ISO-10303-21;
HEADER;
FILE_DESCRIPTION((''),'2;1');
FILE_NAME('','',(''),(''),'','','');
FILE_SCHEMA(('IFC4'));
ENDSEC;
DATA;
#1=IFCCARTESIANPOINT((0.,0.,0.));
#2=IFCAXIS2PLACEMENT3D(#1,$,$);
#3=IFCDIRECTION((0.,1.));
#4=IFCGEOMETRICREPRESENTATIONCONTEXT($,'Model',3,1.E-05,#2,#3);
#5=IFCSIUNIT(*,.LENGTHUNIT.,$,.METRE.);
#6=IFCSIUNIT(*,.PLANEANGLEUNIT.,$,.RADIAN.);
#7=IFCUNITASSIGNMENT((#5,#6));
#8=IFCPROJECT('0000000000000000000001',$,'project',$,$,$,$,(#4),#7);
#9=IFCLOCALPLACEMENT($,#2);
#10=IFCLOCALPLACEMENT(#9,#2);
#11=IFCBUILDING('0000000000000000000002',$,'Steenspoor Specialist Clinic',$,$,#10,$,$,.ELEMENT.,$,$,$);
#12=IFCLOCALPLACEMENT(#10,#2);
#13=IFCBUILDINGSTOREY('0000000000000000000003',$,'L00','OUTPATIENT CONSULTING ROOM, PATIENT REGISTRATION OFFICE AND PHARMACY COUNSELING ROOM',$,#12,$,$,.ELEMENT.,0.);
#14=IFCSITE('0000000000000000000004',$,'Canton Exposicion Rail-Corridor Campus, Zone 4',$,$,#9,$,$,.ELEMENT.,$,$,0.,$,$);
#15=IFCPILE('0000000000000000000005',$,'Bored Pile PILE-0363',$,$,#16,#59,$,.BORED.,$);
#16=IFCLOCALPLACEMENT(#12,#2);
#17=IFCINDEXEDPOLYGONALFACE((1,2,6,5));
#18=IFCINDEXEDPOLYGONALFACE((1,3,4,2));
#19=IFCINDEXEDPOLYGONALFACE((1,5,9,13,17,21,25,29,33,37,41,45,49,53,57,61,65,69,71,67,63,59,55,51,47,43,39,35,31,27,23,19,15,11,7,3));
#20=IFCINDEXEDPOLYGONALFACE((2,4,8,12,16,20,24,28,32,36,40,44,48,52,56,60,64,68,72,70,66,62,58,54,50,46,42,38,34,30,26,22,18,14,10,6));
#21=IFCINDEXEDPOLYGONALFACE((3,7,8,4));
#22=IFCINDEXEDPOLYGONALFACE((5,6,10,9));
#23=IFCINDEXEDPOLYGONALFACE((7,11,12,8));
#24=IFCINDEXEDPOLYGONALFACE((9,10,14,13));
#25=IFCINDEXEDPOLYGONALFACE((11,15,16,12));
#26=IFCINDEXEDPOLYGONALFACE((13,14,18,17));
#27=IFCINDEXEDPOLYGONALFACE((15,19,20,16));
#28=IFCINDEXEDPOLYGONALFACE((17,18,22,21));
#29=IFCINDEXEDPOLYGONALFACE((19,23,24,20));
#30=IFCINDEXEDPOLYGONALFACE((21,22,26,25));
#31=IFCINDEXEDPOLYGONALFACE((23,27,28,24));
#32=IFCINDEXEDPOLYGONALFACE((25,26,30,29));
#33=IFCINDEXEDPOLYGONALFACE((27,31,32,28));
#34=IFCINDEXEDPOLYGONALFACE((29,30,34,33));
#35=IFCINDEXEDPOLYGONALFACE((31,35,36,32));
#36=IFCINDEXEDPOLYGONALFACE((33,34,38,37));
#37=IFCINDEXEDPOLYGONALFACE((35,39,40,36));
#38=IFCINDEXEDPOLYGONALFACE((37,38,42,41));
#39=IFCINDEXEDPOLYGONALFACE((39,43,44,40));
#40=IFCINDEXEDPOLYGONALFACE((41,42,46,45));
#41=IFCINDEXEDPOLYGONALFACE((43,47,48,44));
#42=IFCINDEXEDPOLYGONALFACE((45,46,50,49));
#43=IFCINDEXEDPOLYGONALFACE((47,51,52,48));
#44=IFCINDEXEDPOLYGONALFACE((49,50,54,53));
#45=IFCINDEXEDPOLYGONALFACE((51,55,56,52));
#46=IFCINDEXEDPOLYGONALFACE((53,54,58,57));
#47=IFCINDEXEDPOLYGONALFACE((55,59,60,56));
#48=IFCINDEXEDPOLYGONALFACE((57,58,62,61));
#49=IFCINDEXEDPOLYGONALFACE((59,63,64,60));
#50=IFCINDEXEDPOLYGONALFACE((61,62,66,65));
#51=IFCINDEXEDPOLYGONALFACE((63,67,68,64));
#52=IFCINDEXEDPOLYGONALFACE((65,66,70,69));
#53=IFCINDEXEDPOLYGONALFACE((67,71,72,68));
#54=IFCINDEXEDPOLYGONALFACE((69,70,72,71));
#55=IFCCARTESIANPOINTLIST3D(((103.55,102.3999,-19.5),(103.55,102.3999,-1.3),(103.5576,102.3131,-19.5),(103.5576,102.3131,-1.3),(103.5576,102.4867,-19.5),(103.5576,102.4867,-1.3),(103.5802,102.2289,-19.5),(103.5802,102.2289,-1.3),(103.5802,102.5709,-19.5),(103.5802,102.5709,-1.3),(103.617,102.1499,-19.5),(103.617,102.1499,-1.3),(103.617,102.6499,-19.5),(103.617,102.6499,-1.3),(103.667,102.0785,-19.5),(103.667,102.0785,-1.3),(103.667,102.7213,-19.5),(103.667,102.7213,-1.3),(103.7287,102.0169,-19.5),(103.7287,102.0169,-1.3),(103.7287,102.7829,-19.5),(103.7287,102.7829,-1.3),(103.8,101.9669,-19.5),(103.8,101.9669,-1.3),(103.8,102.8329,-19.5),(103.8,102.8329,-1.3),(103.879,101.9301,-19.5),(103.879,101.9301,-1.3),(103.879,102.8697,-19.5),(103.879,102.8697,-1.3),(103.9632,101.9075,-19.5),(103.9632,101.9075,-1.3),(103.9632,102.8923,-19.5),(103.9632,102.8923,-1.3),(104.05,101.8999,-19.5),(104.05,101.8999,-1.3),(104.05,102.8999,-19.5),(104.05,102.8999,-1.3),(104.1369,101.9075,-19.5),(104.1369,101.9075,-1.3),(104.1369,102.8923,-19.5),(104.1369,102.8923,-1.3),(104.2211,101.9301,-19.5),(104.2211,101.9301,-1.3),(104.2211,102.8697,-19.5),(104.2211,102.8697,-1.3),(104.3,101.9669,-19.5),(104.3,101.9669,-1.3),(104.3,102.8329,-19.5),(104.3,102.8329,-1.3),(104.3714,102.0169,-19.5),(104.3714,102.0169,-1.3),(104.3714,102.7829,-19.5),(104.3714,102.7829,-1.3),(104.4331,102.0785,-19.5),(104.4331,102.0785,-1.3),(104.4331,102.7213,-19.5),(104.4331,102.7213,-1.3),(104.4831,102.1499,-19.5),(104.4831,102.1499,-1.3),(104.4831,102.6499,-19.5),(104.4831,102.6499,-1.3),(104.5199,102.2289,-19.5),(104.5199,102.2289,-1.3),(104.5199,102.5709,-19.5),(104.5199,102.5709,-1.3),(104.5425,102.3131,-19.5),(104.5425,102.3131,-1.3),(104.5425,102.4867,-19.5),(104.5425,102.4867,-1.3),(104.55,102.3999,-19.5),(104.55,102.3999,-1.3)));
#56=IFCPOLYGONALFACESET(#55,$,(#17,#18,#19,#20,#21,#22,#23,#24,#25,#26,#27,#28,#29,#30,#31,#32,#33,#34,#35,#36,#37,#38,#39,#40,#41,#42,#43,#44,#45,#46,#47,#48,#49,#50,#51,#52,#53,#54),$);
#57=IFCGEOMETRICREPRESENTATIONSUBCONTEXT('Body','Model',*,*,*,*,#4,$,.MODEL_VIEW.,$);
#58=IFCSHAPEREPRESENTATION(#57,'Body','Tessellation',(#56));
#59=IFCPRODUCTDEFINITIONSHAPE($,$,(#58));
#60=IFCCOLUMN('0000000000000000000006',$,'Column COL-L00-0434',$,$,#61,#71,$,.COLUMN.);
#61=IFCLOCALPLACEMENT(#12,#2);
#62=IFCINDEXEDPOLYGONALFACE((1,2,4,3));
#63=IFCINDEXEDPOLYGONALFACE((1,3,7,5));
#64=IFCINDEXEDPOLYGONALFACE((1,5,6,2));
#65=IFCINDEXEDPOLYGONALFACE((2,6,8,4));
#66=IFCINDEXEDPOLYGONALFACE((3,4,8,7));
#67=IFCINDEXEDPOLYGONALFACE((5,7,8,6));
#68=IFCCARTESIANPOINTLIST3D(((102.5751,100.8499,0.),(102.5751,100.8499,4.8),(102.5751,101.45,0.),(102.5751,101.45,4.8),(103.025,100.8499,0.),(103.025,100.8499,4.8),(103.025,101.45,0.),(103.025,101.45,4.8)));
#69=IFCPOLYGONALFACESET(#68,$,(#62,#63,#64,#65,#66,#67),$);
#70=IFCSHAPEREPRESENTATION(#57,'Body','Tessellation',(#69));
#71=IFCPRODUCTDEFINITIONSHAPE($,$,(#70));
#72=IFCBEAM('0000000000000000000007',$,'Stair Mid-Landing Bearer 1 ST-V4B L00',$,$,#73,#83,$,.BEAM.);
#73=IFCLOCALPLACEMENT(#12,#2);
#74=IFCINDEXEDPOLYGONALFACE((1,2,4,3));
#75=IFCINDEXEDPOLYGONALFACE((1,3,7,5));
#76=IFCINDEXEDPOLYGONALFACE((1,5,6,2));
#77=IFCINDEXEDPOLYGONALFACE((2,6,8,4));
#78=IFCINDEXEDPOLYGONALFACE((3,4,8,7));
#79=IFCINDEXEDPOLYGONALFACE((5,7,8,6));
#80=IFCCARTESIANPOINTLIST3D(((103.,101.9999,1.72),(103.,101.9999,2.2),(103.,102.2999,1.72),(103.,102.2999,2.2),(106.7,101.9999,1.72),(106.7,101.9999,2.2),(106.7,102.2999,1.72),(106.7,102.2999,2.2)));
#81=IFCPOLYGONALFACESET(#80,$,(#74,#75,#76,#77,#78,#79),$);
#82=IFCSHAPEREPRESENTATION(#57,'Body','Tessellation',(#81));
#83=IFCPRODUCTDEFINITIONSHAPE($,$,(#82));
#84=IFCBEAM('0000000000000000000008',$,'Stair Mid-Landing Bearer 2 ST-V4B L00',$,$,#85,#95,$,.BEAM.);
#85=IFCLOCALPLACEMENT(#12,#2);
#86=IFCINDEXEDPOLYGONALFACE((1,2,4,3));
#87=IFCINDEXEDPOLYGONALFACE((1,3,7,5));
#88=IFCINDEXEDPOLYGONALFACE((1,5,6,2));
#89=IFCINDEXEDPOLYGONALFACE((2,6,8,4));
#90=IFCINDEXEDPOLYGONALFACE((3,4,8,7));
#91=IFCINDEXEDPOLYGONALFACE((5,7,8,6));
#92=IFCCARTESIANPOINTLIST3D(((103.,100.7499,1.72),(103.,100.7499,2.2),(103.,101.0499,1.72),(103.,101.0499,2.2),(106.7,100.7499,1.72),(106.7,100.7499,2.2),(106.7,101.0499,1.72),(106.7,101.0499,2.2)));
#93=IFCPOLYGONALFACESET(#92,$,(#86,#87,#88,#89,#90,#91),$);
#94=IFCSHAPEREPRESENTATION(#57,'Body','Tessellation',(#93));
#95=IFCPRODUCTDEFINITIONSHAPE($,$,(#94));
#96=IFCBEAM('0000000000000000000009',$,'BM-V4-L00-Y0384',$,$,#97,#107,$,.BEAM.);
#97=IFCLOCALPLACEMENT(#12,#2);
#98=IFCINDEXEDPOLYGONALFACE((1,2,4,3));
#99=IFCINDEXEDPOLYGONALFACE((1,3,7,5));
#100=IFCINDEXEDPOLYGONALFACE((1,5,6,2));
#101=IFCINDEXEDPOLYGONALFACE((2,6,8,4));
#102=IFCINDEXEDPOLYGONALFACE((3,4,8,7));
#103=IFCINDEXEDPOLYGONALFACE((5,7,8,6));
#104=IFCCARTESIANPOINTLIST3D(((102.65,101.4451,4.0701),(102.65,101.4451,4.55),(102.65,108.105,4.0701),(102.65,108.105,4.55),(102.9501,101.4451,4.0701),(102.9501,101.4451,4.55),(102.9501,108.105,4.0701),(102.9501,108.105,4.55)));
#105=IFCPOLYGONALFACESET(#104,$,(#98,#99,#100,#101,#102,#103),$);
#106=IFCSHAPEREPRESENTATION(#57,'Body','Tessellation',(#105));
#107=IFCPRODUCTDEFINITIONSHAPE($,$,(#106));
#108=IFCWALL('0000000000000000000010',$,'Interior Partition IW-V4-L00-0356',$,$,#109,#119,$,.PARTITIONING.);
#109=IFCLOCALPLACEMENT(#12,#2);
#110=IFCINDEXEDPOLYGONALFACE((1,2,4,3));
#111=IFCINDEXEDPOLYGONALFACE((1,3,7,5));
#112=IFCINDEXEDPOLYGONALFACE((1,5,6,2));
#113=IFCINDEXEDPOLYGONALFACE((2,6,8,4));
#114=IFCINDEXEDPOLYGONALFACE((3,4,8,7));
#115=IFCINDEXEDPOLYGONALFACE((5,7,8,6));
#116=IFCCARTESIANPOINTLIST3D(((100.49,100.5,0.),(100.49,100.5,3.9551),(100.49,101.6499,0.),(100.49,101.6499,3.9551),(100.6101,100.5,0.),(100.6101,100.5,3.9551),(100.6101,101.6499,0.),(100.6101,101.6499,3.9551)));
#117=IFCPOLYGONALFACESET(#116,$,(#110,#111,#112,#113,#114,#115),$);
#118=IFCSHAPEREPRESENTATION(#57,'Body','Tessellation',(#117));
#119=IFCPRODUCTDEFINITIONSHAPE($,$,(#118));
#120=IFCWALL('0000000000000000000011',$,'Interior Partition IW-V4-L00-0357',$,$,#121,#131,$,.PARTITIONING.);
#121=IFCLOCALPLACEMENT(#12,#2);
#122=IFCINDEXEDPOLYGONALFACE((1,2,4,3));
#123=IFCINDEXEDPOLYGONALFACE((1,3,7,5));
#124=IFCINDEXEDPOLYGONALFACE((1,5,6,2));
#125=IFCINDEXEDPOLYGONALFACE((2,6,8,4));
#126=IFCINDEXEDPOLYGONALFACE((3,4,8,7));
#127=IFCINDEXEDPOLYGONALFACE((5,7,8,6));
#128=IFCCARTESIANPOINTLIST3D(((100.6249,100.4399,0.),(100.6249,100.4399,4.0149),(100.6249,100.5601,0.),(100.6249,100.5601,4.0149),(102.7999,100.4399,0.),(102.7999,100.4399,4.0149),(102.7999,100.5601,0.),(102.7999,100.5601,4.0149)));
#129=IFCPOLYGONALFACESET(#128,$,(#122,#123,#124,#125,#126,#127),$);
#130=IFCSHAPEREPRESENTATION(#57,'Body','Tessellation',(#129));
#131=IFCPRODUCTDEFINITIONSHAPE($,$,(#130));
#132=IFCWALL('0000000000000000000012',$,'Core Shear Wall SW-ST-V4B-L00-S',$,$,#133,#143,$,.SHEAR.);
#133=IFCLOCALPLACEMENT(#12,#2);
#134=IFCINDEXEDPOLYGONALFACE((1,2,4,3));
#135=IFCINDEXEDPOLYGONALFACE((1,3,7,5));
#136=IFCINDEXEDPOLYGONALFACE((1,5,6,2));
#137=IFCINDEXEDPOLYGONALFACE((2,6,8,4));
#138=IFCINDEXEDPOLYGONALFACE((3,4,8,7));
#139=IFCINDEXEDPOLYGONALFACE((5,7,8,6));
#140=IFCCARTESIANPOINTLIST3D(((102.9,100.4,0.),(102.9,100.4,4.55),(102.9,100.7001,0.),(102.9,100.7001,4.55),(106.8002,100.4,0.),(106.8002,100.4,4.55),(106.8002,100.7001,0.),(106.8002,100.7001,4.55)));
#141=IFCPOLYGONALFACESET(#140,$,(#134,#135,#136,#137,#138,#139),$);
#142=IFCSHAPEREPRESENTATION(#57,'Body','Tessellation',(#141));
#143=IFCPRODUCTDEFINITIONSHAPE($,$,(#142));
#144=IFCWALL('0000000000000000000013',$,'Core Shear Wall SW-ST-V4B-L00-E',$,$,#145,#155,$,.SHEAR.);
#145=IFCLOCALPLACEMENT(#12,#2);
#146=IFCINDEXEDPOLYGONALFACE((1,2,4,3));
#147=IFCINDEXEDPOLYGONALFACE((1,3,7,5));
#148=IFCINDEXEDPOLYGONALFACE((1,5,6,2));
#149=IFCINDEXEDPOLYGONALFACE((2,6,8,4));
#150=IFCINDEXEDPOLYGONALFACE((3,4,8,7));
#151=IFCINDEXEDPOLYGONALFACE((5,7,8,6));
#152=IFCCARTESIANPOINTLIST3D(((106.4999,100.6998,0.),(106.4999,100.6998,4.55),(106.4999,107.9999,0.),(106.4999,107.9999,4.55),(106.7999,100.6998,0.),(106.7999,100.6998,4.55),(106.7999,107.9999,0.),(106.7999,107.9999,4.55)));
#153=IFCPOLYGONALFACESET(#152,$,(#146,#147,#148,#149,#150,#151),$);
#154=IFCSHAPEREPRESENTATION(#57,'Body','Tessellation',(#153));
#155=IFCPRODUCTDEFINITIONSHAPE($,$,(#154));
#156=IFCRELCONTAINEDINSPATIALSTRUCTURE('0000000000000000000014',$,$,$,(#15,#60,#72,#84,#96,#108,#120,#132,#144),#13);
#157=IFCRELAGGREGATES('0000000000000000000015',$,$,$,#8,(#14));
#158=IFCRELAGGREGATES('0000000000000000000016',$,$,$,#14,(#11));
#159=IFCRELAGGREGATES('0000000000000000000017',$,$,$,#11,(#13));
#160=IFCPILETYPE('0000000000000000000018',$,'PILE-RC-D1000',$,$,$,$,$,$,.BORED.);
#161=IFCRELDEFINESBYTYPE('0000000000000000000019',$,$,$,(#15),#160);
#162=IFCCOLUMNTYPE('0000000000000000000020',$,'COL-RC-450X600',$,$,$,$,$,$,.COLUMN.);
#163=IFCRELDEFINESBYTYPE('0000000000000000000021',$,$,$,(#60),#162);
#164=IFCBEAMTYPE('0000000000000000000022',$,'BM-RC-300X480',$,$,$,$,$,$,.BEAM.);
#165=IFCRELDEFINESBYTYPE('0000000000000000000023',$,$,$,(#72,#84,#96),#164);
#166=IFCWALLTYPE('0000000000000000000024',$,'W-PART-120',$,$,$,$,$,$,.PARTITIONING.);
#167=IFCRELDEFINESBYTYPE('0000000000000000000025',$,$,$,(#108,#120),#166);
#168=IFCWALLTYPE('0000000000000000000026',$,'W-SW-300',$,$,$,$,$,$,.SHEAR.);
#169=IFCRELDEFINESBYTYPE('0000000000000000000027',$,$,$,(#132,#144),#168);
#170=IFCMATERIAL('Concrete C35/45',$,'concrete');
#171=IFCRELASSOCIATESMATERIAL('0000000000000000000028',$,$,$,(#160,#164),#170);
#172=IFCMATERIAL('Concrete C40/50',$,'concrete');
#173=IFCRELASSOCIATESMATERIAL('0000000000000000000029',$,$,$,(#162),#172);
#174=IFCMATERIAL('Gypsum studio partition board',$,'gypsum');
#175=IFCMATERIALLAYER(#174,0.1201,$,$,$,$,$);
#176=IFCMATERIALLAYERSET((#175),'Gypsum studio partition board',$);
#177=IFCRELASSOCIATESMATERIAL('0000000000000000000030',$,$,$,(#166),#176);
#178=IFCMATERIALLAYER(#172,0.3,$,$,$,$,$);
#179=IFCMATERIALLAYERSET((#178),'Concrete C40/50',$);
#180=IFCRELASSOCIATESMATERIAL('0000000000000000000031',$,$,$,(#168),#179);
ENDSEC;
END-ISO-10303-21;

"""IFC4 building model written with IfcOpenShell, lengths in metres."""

from ifc_helpers import new_model, si_unit, direction, frame, frame_2d, origin, origin_2d, place, context, subcontext, project, spatial, rectangle, circle, extrude, material, layer, layer_set, material_profile, profile_set, type_object, element, save


model = new_model("IFC4")

# Units and contexts
model_context = context("Model", 3, precision=1e-05, world=origin(), true_north=direction((0.0, 1.0)))
body_context = subcontext(model_context, "Body", "Model", "MODEL_VIEW")
ifc_project = project(units=[si_unit("LENGTHUNIT", "METRE"), si_unit("PLANEANGLEUNIT", "RADIAN")], contexts=[model_context])

# Site, building, storey
site_placement = place(None, origin())
site = spatial("IfcSite", under=ifc_project, at=site_placement, Name="Canton Exposicion Rail-Corridor Campus, Zone 4", CompositionType="ELEMENT", RefElevation=0.0)
building_placement = place(site_placement, origin())
building = spatial("IfcBuilding", under=site, at=building_placement, Name="Steenspoor Specialist Clinic", CompositionType="ELEMENT")
storey_placement = place(building_placement, origin())
storey = spatial("IfcBuildingStorey", under=building, at=storey_placement, Name="L00", Description="OUTPATIENT CONSULTING ROOM, PATIENT REGISTRATION OFFICE AND PHARMACY COUNSELING ROOM", CompositionType="ELEMENT", Elevation=0.0)

# Shared definitions
ifc_material_1 = material(Name="Concrete C35/45", Category="concrete")

# Pile
ifc_material_profile_1 = material_profile(ifc_material_1, circle(Radius=0.5, at=origin_2d()), Name="PILE-D1000")
ifc_profile_set_1 = profile_set([ifc_material_profile_1], Name="Concrete C35/45")
pile_type = type_object("IfcPileType", Name="PILE-RC-D1000", PredefinedType="BORED", material=ifc_profile_set_1)
for number, where, z_axis, x_axis, name in (
    (1, (104.05, 102.3999, -1.3), (0.0, 0.0, -1.0), (1.0, 0.0, 0.0), "Bored Pile PILE-0363"),
):
    element("IfcPile", number, at=place(storey_placement, frame(where, z_axis=z_axis, x_axis=x_axis)), inside=storey, type_object=pile_type, Name=name, PredefinedType="BORED", context=body_context, shape_type="SweptSolid", body=[
        extrude(circle(Radius=0.5, at=origin_2d()), origin(), (0.0, 0.0, 1.0), 18.2),
    ])

# Column
ifc_material_2 = material(Name="Concrete C40/50", Category="concrete")
ifc_material_profile_2 = material_profile(ifc_material_2, rectangle(XDim=0.45, YDim=0.6001, at=origin_2d()), Name="RC-COL-450X600")
ifc_profile_set_2 = profile_set([ifc_material_profile_2], Name="Concrete C40/50")
column_type = type_object("IfcColumnType", Name="COL-RC-450X600", PredefinedType="COLUMN", material=ifc_profile_set_2)
column_placement = place(storey_placement, frame((102.8, 101.1499, 0.0), z_axis=(0.0, 0.0, 1.0), x_axis=(1.0, 0.0, 0.0)))
element("IfcColumn", 2, at=column_placement, inside=storey, type_object=column_type, Name="Column COL-L00-0434", PredefinedType="COLUMN", context=body_context, shape_type="SweptSolid", body=[
    extrude(rectangle(XDim=0.45, YDim=0.6001, at=origin_2d()), origin(), (0.0, 0.0, 1.0), 4.8),
])

# Beams
ifc_material_profile_3 = material_profile(ifc_material_1, rectangle(XDim=0.3, YDim=0.48, at=origin_2d()), Name="RC-BM-300X480")
ifc_profile_set_3 = profile_set([ifc_material_profile_3], Name="Concrete C35/45")
beam_type = type_object("IfcBeamType", Name="BM-RC-300X480", PredefinedType="BEAM", material=ifc_profile_set_3)
for number, where, z_axis, x_axis, name in (
    (3, (103.0, 102.1499, 1.96), (1.0, 0.0, 0.0), (0.0, 1.0, 0.0), "Stair Mid-Landing Bearer 1 ST-V4B L00"),
    (4, (103.0, 100.8999, 1.96), (1.0, 0.0, 0.0), (0.0, 1.0, 0.0), "Stair Mid-Landing Bearer 2 ST-V4B L00"),
):
    element("IfcBeam", number, at=place(storey_placement, frame(where, z_axis=z_axis, x_axis=x_axis)), inside=storey, type_object=beam_type, Name=name, PredefinedType="BEAM", context=body_context, shape_type="SweptSolid", body=[
        extrude(rectangle(XDim=0.3, YDim=0.48, at=origin_2d()), origin(), (0.0, 0.0, 1.0), 3.7),
    ])
beam_placement = place(storey_placement, frame((102.8, 101.4451, 4.3101), z_axis=(0.0, 1.0, 0.0), x_axis=(-1.0, 0.0, 0.0)))
element("IfcBeam", 5, at=beam_placement, inside=storey, type_object=beam_type, Name="BM-V4-L00-Y0384", PredefinedType="BEAM", context=body_context, shape_type="SweptSolid", body=[
    extrude(rectangle(XDim=0.3, YDim=0.48, at=origin_2d()), origin(), (0.0, 0.0, 1.0), 6.6599),
])

# Walls
ifc_material_3 = material(Name="Gypsum studio partition board", Category="gypsum")
ifc_layer_1 = layer(ifc_material_3, 0.1201)
ifc_layer_set_1 = layer_set([ifc_layer_1], Name="Gypsum studio partition board")
wall_type_1 = type_object("IfcWallType", Name="W-PART-120", PredefinedType="PARTITIONING", material=ifc_layer_set_1)
wall_1_placement = place(storey_placement, frame((100.55, 100.5, 0.0), z_axis=(0.0, 0.0, 1.0), x_axis=(0.0, 1.0, 0.0)))
element("IfcWall", 6, at=wall_1_placement, inside=storey, type_object=wall_type_1, Name="Interior Partition IW-V4-L00-0356", PredefinedType="PARTITIONING", context=body_context, shape_type="SweptSolid", body=[
    extrude(rectangle(XDim=1.1499, YDim=0.1201, at=frame_2d((0.575, 0.0))), origin(), (0.0, 0.0, 1.0), 3.9551),
])
wall_2_placement = place(storey_placement, frame((100.625, 100.5, 0.0), z_axis=(0.0, 0.0, 1.0), x_axis=(1.0, 0.0, 0.0)))
element("IfcWall", 7, at=wall_2_placement, inside=storey, type_object=wall_type_1, Name="Interior Partition IW-V4-L00-0357", PredefinedType="PARTITIONING", context=body_context, shape_type="SweptSolid", body=[
    extrude(rectangle(XDim=2.175, YDim=0.1201, at=frame_2d((1.0874, 0.0))), origin(), (0.0, 0.0, 1.0), 4.0149),
])
ifc_layer_2 = layer(ifc_material_2, 0.3)
ifc_layer_set_2 = layer_set([ifc_layer_2], Name="Concrete C40/50")
wall_type_2 = type_object("IfcWallType", Name="W-SW-300", PredefinedType="SHEAR", material=ifc_layer_set_2)
wall_3_placement = place(storey_placement, frame((102.8999, 100.55, 0.0), z_axis=(0.0, 0.0, 1.0), x_axis=(1.0, 0.0, 0.0)))
element("IfcWall", 8, at=wall_3_placement, inside=storey, type_object=wall_type_2, Name="Core Shear Wall SW-ST-V4B-L00-S", PredefinedType="SHEAR", context=body_context, shape_type="SweptSolid", body=[
    extrude(rectangle(XDim=3.9001, YDim=0.3, at=frame_2d((1.9502, 0.0))), origin(), (0.0, 0.0, 1.0), 4.55),
])

# Wall
wall_4_placement = place(storey_placement, frame((106.6499, 100.7, 0.0), z_axis=(0.0, 0.0, 1.0), x_axis=(0.0, 1.0, 0.0)))
element("IfcWall", 9, at=wall_4_placement, inside=storey, type_object=wall_type_2, Name="Core Shear Wall SW-ST-V4B-L00-E", PredefinedType="SHEAR", context=body_context, shape_type="SweptSolid", body=[
    extrude(rectangle(XDim=7.3, YDim=0.3, at=frame_2d((3.6499, 0.0))), origin(), (0.0, 0.0, 1.0), 4.55),
])

save(model, "model.ifc")
